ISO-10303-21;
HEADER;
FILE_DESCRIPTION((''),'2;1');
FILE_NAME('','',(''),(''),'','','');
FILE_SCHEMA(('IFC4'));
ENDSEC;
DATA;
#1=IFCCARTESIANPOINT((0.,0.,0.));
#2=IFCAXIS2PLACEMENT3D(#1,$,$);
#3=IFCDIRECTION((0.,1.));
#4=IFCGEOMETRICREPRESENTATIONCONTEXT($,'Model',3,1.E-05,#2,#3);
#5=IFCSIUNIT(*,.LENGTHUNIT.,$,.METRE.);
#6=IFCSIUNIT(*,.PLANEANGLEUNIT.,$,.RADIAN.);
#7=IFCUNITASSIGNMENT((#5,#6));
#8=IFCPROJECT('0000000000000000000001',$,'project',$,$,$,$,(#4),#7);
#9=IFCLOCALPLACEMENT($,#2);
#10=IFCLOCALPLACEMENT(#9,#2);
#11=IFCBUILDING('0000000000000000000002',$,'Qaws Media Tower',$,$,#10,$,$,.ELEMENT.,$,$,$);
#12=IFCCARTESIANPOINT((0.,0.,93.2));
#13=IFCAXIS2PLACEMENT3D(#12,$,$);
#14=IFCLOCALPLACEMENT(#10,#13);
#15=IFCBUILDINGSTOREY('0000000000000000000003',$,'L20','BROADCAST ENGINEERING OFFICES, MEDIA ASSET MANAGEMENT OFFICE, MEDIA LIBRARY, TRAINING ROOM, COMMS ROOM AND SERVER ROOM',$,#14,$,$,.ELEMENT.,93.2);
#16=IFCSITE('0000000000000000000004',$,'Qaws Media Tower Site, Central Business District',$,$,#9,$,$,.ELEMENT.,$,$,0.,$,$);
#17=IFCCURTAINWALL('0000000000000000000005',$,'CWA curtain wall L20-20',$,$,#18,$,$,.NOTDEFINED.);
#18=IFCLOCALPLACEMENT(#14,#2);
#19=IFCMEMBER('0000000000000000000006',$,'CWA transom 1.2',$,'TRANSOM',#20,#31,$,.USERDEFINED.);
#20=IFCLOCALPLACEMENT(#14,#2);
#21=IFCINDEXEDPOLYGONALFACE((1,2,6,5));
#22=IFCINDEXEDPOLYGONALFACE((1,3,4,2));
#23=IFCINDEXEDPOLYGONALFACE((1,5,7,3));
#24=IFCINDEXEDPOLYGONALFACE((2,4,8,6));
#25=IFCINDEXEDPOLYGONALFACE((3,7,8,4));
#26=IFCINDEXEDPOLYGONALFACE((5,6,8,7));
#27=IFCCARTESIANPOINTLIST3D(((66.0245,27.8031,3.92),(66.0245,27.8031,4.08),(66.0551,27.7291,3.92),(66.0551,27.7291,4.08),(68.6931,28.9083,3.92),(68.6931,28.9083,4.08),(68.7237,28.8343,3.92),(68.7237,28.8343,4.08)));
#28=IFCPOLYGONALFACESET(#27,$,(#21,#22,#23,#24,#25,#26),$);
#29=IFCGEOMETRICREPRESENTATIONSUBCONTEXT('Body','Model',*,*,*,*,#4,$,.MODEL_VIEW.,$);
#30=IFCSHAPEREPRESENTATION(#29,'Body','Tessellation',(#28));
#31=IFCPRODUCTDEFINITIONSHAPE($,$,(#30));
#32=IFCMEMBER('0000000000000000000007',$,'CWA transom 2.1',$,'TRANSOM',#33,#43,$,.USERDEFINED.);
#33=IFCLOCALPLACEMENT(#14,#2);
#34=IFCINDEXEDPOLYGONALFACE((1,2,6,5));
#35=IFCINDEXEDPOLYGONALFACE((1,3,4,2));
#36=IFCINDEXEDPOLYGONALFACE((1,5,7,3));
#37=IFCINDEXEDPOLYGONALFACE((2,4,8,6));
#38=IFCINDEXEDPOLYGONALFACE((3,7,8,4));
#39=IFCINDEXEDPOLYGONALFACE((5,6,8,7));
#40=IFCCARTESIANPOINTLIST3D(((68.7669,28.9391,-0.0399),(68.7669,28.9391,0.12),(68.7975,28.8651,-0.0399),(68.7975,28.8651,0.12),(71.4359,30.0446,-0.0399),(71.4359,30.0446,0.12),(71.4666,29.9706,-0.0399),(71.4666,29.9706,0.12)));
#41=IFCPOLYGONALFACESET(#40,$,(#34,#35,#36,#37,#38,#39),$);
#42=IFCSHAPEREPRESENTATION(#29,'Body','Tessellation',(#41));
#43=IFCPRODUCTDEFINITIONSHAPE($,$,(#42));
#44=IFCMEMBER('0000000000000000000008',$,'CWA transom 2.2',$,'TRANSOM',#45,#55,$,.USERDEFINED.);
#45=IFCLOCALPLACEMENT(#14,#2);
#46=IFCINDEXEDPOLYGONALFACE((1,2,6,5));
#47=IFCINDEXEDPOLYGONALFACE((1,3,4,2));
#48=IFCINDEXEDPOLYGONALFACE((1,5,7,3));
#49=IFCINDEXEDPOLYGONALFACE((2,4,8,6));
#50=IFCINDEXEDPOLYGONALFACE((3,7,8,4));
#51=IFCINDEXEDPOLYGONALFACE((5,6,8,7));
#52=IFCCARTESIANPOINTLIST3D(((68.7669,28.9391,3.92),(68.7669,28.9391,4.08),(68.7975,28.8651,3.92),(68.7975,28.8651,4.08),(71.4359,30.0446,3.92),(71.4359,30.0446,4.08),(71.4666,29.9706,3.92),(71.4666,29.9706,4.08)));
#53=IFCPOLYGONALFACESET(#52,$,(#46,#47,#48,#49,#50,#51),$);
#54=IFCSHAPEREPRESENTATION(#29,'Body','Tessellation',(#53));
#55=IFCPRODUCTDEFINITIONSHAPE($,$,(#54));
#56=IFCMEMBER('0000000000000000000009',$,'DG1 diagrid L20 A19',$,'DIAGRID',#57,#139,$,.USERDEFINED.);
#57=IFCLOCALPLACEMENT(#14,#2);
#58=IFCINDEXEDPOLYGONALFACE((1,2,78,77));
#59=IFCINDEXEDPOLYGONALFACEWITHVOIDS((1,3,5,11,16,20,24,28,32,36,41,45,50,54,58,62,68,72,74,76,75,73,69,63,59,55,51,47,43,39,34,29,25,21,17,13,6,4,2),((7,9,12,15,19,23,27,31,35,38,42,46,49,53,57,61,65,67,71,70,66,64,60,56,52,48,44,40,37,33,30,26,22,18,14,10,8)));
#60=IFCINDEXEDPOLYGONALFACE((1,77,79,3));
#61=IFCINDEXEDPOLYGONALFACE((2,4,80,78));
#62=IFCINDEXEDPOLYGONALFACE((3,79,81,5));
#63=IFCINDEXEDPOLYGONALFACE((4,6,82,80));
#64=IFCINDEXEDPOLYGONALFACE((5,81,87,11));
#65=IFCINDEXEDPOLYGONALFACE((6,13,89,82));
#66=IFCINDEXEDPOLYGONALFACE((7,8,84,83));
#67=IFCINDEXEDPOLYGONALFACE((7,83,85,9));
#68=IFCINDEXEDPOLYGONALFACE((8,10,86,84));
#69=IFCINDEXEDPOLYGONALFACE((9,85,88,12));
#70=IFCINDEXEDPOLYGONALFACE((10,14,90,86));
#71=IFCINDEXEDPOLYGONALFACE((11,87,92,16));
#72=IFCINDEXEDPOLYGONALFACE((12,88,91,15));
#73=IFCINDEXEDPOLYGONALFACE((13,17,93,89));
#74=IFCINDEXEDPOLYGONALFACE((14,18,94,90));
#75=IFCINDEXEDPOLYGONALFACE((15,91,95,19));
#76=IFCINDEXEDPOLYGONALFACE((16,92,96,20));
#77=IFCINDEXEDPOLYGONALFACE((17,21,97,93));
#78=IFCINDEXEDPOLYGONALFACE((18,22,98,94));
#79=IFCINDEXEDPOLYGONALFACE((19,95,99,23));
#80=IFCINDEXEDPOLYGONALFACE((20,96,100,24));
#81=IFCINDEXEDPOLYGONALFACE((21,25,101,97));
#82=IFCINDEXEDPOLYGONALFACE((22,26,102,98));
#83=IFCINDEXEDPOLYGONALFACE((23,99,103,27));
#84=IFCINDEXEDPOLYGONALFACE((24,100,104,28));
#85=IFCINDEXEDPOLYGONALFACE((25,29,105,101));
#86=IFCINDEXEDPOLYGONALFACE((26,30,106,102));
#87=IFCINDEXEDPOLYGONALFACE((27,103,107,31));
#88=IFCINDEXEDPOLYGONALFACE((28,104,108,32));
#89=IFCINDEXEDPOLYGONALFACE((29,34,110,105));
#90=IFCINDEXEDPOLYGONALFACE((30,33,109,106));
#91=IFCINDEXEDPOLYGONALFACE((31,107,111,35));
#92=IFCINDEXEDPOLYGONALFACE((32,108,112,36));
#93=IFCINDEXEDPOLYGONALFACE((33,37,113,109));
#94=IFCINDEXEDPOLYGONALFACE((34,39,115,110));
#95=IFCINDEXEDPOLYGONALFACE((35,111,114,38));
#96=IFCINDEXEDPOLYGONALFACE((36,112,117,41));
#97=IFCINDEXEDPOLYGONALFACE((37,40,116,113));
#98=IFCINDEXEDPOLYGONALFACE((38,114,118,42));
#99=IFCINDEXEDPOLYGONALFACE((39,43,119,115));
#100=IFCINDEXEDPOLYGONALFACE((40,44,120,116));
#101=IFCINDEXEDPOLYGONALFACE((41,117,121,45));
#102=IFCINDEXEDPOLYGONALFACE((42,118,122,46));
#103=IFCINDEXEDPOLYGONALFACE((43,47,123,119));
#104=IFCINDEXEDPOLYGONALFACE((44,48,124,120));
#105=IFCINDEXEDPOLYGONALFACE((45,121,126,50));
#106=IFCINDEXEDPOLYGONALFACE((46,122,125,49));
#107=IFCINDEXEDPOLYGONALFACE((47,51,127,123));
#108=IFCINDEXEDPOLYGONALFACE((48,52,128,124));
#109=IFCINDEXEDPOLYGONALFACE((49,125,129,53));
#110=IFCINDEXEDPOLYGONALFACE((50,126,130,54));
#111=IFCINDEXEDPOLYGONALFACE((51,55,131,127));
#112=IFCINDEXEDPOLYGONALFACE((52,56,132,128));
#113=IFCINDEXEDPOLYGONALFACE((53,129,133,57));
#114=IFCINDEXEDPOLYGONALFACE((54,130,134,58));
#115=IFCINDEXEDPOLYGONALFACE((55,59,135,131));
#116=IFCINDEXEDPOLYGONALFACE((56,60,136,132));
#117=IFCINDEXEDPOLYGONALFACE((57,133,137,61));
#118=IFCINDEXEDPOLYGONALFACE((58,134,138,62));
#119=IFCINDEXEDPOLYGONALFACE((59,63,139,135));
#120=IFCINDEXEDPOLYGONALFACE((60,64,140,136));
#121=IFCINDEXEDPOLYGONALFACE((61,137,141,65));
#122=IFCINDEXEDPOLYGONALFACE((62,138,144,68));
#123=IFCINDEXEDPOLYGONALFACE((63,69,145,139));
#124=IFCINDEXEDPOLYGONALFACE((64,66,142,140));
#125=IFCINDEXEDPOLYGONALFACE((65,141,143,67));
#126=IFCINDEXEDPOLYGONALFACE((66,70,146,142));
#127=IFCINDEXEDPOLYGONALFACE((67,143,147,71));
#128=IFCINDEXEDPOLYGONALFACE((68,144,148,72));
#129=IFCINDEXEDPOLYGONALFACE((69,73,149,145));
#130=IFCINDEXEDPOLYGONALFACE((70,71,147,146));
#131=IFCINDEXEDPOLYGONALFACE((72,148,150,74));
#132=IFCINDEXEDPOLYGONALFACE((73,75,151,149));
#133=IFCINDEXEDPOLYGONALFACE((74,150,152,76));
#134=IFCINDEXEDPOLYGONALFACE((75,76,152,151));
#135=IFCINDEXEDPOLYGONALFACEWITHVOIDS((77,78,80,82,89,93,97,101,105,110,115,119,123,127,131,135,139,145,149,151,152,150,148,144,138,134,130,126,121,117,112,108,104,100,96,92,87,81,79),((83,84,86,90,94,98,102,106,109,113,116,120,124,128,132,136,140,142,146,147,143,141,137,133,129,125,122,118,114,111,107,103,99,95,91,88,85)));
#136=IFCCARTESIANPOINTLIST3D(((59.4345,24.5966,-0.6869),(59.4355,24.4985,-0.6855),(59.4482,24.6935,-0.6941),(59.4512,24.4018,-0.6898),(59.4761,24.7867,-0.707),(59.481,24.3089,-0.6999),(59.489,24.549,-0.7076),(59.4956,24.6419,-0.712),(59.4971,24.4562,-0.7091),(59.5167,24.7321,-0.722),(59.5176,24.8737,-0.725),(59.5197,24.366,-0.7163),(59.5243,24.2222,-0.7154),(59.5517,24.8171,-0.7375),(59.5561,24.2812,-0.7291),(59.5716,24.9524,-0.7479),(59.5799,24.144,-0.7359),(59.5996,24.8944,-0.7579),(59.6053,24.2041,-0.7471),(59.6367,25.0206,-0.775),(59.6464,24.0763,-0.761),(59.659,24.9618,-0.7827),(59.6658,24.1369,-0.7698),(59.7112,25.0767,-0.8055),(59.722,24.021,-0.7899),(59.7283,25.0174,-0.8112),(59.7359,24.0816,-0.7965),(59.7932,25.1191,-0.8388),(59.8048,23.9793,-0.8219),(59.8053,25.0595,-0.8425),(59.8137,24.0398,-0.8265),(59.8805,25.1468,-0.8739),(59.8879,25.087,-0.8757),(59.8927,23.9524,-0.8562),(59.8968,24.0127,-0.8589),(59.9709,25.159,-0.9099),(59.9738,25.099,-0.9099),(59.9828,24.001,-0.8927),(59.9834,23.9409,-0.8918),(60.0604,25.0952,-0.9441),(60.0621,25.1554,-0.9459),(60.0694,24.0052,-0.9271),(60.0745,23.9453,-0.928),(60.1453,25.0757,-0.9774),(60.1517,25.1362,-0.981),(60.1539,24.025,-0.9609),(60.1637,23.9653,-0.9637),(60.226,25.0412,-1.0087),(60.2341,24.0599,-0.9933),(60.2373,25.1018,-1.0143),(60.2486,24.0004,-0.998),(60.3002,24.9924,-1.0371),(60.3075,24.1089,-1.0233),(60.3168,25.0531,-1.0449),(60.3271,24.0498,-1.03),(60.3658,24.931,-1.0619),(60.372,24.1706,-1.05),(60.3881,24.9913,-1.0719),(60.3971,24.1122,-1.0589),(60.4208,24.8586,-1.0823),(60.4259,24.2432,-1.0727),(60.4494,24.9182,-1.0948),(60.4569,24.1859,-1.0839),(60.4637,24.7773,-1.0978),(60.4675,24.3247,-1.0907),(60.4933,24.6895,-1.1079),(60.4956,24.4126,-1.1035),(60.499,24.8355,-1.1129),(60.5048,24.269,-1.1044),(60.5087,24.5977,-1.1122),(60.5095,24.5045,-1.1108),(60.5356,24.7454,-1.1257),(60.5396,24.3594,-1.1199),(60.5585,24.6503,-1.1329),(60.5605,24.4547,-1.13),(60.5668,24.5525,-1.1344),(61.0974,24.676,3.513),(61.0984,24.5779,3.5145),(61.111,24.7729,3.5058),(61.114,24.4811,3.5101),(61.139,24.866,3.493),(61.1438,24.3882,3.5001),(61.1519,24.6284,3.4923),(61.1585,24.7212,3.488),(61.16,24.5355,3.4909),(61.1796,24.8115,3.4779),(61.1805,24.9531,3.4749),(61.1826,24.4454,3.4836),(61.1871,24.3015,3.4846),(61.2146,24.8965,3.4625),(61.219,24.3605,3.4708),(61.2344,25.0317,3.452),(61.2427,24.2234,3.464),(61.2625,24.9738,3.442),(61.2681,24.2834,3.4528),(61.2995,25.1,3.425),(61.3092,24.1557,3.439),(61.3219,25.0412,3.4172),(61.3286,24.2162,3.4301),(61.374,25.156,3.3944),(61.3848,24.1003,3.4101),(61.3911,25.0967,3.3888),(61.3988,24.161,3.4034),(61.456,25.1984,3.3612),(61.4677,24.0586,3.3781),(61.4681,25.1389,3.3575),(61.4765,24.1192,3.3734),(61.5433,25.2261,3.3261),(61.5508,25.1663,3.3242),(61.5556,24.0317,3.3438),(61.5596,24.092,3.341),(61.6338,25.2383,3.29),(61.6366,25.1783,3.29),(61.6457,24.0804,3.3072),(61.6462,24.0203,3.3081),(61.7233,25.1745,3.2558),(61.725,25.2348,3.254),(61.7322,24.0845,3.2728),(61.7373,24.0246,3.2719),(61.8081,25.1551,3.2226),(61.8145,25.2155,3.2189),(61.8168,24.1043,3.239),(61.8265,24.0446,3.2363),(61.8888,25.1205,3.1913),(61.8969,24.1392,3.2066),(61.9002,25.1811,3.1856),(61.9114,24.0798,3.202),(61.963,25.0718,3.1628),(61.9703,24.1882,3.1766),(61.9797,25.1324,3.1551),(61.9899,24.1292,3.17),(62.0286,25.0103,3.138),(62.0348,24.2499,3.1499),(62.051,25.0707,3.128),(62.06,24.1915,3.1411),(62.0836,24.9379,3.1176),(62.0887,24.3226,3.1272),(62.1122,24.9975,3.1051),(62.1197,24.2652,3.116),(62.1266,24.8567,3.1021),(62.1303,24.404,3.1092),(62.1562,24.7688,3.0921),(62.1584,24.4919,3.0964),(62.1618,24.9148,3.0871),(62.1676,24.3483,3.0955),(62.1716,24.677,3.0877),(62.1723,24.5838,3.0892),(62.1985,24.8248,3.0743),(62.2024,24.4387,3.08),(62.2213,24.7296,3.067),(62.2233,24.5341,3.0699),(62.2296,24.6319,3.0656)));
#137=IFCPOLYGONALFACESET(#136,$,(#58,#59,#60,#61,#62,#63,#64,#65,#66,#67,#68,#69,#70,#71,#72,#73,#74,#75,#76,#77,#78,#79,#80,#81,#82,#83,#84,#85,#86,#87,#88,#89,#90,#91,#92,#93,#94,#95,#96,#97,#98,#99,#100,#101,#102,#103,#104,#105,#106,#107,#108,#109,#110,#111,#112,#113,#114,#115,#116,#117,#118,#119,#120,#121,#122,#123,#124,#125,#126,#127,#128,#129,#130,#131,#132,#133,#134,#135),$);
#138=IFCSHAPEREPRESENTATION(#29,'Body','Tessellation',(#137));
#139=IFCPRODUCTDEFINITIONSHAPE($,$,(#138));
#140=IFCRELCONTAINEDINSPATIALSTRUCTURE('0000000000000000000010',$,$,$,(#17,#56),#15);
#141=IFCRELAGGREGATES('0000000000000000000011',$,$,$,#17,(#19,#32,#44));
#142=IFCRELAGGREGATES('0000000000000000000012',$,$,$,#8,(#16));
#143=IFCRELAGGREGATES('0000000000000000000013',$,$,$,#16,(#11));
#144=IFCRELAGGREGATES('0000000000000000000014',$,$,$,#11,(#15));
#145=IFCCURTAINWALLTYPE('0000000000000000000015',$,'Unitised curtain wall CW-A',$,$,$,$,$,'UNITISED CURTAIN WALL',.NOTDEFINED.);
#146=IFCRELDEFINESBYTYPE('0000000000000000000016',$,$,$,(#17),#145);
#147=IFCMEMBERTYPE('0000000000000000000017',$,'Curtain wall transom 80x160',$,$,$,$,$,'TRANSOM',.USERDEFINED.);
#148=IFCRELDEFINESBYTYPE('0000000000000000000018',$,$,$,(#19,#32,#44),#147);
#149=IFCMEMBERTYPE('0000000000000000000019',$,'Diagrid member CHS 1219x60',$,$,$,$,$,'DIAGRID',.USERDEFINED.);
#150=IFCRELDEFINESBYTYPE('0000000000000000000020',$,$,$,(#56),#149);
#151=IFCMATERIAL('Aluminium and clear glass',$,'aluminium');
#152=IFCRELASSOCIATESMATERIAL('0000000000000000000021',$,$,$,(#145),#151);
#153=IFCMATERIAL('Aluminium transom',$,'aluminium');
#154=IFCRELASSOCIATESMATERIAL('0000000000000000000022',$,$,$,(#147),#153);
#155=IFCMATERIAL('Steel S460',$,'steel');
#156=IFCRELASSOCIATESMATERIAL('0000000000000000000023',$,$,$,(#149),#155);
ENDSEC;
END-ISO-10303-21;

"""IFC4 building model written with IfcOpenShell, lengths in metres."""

from ifc_helpers import new_model, si_unit, direction, frame, origin, origin_2d, place, context, subcontext, project, spatial, rectangle, hollow_circle, extrude, material, material_profile, profile_set, type_object, element, aggregate, save


model = new_model("IFC4")

# Units and contexts
model_context = context("Model", 3, precision=1e-05, world=origin(), true_north=direction((0.0, 1.0)))
body_context = subcontext(model_context, "Body", "Model", "MODEL_VIEW")
ifc_project = project(units=[si_unit("LENGTHUNIT", "METRE"), si_unit("PLANEANGLEUNIT", "RADIAN")], contexts=[model_context])

# Site, building, storey
site_placement = place(None, origin())
site = spatial("IfcSite", under=ifc_project, at=site_placement, Name="Qaws Media Tower Site, Central Business District", CompositionType="ELEMENT", RefElevation=0.0)
building_placement = place(site_placement, origin())
building = spatial("IfcBuilding", under=site, at=building_placement, Name="Qaws Media Tower", CompositionType="ELEMENT")
storey_placement = place(building_placement, frame((0.0, 0.0, 93.2)))
storey = spatial("IfcBuildingStorey", under=building, at=storey_placement, Name="L20", Description="BROADCAST ENGINEERING OFFICES, MEDIA ASSET MANAGEMENT OFFICE, MEDIA LIBRARY, TRAINING ROOM, COMMS ROOM AND SERVER ROOM", CompositionType="ELEMENT", Elevation=93.2)

# Curtain wall
ifc_material_1 = material(Name="Aluminium and clear glass", Category="aluminium")
curtain_wall_type = type_object("IfcCurtainWallType", Name="Unitised curtain wall CW-A", ElementType="UNITISED CURTAIN WALL", PredefinedType="NOTDEFINED", material=ifc_material_1)
curtain_wall_1_placement = place(storey_placement, origin())
curtain_wall_1 = element("IfcCurtainWall", 1, at=curtain_wall_1_placement, inside=storey, type_object=curtain_wall_type, Name="CWA curtain wall L20-20", PredefinedType="NOTDEFINED")

# Members
ifc_material_2 = material(Name="Aluminium transom", Category="aluminium")
ifc_material_profile_1 = material_profile(ifc_material_2, rectangle(XDim=0.0801, YDim=0.1599, at=origin_2d()), Name="80x160")
ifc_profile_set_1 = profile_set([ifc_material_profile_1], Name="Aluminium transom")
member_type_1 = type_object("IfcMemberType", Name="Curtain wall transom 80x160", ElementType="TRANSOM", PredefinedType="USERDEFINED", material=ifc_profile_set_1)
member_1_placement = place(storey_placement, frame((66.0398, 27.7661, 4.0), z_axis=(0.923902, 0.382628, 0.0), x_axis=(-0.382628, 0.923902, 0.0)))
member_1 = element("IfcMember", 2, at=member_1_placement, type_object=member_type_1, Name="CWA transom 1.2", ObjectType="TRANSOM", PredefinedType="USERDEFINED", context=body_context, shape_type="SweptSolid", body=[
    extrude(rectangle(XDim=0.0801, YDim=0.1599, at=origin_2d()), origin(), (0.0, 0.0, 1.0), 2.8884),
])
member_2_placement = place(storey_placement, frame((68.7822, 28.9021, 0.04), z_axis=(0.923885, 0.38267, 0.0), x_axis=(-0.38267, 0.923885, 0.0)))
member_2 = element("IfcMember", 3, at=member_2_placement, type_object=member_type_1, Name="CWA transom 2.1", ObjectType="TRANSOM", PredefinedType="USERDEFINED", context=body_context, shape_type="SweptSolid", body=[
    extrude(rectangle(XDim=0.0801, YDim=0.1599, at=origin_2d()), origin(), (0.0, 0.0, 1.0), 2.8889),
])
member_3_placement = place(storey_placement, frame((68.7822, 28.9021, 4.0), z_axis=(0.923885, 0.38267, 0.0), x_axis=(-0.38267, 0.923885, 0.0)))
member_3 = element("IfcMember", 4, at=member_3_placement, type_object=member_type_1, Name="CWA transom 2.2", ObjectType="TRANSOM", PredefinedType="USERDEFINED", context=body_context, shape_type="SweptSolid", body=[
    extrude(rectangle(XDim=0.0801, YDim=0.1599, at=origin_2d()), origin(), (0.0, 0.0, 1.0), 2.8889),
])

# Member
ifc_material_3 = material(Name="Steel S460", Category="steel")
ifc_material_profile_2 = material_profile(ifc_material_3, hollow_circle(Radius=0.6096, WallThickness=0.0601, at=origin_2d()), Name="CHS 1219x60")
ifc_profile_set_2 = profile_set([ifc_material_profile_2], Name="Steel S460")
member_type_2 = type_object("IfcMemberType", Name="Diagrid member CHS 1219x60", ElementType="DIAGRID", PredefinedType="USERDEFINED", material=ifc_profile_set_2)
for number, where, z_axis, x_axis, name in (
    (5, (60.0, 24.55, -0.9099), (0.368061, 0.017563, 0.929636), (-0.047663, 0.998863, 0.0), "DG1 diagrid L20 A19"),
):
    element("IfcMember", number, at=place(storey_placement, frame(where, z_axis=z_axis, x_axis=x_axis)), inside=storey, type_object=member_type_2, Name=name, ObjectType="DIAGRID", PredefinedType="USERDEFINED", context=body_context, shape_type="SweptSolid", body=[
        extrude(hollow_circle(Radius=0.6096, WallThickness=0.0601, at=origin_2d()), origin(), (0.0, 0.0, 1.0), 4.5178),
    ])

aggregate(curtain_wall_1, [member_1, member_2, member_3])

save(model, "model.ifc")
